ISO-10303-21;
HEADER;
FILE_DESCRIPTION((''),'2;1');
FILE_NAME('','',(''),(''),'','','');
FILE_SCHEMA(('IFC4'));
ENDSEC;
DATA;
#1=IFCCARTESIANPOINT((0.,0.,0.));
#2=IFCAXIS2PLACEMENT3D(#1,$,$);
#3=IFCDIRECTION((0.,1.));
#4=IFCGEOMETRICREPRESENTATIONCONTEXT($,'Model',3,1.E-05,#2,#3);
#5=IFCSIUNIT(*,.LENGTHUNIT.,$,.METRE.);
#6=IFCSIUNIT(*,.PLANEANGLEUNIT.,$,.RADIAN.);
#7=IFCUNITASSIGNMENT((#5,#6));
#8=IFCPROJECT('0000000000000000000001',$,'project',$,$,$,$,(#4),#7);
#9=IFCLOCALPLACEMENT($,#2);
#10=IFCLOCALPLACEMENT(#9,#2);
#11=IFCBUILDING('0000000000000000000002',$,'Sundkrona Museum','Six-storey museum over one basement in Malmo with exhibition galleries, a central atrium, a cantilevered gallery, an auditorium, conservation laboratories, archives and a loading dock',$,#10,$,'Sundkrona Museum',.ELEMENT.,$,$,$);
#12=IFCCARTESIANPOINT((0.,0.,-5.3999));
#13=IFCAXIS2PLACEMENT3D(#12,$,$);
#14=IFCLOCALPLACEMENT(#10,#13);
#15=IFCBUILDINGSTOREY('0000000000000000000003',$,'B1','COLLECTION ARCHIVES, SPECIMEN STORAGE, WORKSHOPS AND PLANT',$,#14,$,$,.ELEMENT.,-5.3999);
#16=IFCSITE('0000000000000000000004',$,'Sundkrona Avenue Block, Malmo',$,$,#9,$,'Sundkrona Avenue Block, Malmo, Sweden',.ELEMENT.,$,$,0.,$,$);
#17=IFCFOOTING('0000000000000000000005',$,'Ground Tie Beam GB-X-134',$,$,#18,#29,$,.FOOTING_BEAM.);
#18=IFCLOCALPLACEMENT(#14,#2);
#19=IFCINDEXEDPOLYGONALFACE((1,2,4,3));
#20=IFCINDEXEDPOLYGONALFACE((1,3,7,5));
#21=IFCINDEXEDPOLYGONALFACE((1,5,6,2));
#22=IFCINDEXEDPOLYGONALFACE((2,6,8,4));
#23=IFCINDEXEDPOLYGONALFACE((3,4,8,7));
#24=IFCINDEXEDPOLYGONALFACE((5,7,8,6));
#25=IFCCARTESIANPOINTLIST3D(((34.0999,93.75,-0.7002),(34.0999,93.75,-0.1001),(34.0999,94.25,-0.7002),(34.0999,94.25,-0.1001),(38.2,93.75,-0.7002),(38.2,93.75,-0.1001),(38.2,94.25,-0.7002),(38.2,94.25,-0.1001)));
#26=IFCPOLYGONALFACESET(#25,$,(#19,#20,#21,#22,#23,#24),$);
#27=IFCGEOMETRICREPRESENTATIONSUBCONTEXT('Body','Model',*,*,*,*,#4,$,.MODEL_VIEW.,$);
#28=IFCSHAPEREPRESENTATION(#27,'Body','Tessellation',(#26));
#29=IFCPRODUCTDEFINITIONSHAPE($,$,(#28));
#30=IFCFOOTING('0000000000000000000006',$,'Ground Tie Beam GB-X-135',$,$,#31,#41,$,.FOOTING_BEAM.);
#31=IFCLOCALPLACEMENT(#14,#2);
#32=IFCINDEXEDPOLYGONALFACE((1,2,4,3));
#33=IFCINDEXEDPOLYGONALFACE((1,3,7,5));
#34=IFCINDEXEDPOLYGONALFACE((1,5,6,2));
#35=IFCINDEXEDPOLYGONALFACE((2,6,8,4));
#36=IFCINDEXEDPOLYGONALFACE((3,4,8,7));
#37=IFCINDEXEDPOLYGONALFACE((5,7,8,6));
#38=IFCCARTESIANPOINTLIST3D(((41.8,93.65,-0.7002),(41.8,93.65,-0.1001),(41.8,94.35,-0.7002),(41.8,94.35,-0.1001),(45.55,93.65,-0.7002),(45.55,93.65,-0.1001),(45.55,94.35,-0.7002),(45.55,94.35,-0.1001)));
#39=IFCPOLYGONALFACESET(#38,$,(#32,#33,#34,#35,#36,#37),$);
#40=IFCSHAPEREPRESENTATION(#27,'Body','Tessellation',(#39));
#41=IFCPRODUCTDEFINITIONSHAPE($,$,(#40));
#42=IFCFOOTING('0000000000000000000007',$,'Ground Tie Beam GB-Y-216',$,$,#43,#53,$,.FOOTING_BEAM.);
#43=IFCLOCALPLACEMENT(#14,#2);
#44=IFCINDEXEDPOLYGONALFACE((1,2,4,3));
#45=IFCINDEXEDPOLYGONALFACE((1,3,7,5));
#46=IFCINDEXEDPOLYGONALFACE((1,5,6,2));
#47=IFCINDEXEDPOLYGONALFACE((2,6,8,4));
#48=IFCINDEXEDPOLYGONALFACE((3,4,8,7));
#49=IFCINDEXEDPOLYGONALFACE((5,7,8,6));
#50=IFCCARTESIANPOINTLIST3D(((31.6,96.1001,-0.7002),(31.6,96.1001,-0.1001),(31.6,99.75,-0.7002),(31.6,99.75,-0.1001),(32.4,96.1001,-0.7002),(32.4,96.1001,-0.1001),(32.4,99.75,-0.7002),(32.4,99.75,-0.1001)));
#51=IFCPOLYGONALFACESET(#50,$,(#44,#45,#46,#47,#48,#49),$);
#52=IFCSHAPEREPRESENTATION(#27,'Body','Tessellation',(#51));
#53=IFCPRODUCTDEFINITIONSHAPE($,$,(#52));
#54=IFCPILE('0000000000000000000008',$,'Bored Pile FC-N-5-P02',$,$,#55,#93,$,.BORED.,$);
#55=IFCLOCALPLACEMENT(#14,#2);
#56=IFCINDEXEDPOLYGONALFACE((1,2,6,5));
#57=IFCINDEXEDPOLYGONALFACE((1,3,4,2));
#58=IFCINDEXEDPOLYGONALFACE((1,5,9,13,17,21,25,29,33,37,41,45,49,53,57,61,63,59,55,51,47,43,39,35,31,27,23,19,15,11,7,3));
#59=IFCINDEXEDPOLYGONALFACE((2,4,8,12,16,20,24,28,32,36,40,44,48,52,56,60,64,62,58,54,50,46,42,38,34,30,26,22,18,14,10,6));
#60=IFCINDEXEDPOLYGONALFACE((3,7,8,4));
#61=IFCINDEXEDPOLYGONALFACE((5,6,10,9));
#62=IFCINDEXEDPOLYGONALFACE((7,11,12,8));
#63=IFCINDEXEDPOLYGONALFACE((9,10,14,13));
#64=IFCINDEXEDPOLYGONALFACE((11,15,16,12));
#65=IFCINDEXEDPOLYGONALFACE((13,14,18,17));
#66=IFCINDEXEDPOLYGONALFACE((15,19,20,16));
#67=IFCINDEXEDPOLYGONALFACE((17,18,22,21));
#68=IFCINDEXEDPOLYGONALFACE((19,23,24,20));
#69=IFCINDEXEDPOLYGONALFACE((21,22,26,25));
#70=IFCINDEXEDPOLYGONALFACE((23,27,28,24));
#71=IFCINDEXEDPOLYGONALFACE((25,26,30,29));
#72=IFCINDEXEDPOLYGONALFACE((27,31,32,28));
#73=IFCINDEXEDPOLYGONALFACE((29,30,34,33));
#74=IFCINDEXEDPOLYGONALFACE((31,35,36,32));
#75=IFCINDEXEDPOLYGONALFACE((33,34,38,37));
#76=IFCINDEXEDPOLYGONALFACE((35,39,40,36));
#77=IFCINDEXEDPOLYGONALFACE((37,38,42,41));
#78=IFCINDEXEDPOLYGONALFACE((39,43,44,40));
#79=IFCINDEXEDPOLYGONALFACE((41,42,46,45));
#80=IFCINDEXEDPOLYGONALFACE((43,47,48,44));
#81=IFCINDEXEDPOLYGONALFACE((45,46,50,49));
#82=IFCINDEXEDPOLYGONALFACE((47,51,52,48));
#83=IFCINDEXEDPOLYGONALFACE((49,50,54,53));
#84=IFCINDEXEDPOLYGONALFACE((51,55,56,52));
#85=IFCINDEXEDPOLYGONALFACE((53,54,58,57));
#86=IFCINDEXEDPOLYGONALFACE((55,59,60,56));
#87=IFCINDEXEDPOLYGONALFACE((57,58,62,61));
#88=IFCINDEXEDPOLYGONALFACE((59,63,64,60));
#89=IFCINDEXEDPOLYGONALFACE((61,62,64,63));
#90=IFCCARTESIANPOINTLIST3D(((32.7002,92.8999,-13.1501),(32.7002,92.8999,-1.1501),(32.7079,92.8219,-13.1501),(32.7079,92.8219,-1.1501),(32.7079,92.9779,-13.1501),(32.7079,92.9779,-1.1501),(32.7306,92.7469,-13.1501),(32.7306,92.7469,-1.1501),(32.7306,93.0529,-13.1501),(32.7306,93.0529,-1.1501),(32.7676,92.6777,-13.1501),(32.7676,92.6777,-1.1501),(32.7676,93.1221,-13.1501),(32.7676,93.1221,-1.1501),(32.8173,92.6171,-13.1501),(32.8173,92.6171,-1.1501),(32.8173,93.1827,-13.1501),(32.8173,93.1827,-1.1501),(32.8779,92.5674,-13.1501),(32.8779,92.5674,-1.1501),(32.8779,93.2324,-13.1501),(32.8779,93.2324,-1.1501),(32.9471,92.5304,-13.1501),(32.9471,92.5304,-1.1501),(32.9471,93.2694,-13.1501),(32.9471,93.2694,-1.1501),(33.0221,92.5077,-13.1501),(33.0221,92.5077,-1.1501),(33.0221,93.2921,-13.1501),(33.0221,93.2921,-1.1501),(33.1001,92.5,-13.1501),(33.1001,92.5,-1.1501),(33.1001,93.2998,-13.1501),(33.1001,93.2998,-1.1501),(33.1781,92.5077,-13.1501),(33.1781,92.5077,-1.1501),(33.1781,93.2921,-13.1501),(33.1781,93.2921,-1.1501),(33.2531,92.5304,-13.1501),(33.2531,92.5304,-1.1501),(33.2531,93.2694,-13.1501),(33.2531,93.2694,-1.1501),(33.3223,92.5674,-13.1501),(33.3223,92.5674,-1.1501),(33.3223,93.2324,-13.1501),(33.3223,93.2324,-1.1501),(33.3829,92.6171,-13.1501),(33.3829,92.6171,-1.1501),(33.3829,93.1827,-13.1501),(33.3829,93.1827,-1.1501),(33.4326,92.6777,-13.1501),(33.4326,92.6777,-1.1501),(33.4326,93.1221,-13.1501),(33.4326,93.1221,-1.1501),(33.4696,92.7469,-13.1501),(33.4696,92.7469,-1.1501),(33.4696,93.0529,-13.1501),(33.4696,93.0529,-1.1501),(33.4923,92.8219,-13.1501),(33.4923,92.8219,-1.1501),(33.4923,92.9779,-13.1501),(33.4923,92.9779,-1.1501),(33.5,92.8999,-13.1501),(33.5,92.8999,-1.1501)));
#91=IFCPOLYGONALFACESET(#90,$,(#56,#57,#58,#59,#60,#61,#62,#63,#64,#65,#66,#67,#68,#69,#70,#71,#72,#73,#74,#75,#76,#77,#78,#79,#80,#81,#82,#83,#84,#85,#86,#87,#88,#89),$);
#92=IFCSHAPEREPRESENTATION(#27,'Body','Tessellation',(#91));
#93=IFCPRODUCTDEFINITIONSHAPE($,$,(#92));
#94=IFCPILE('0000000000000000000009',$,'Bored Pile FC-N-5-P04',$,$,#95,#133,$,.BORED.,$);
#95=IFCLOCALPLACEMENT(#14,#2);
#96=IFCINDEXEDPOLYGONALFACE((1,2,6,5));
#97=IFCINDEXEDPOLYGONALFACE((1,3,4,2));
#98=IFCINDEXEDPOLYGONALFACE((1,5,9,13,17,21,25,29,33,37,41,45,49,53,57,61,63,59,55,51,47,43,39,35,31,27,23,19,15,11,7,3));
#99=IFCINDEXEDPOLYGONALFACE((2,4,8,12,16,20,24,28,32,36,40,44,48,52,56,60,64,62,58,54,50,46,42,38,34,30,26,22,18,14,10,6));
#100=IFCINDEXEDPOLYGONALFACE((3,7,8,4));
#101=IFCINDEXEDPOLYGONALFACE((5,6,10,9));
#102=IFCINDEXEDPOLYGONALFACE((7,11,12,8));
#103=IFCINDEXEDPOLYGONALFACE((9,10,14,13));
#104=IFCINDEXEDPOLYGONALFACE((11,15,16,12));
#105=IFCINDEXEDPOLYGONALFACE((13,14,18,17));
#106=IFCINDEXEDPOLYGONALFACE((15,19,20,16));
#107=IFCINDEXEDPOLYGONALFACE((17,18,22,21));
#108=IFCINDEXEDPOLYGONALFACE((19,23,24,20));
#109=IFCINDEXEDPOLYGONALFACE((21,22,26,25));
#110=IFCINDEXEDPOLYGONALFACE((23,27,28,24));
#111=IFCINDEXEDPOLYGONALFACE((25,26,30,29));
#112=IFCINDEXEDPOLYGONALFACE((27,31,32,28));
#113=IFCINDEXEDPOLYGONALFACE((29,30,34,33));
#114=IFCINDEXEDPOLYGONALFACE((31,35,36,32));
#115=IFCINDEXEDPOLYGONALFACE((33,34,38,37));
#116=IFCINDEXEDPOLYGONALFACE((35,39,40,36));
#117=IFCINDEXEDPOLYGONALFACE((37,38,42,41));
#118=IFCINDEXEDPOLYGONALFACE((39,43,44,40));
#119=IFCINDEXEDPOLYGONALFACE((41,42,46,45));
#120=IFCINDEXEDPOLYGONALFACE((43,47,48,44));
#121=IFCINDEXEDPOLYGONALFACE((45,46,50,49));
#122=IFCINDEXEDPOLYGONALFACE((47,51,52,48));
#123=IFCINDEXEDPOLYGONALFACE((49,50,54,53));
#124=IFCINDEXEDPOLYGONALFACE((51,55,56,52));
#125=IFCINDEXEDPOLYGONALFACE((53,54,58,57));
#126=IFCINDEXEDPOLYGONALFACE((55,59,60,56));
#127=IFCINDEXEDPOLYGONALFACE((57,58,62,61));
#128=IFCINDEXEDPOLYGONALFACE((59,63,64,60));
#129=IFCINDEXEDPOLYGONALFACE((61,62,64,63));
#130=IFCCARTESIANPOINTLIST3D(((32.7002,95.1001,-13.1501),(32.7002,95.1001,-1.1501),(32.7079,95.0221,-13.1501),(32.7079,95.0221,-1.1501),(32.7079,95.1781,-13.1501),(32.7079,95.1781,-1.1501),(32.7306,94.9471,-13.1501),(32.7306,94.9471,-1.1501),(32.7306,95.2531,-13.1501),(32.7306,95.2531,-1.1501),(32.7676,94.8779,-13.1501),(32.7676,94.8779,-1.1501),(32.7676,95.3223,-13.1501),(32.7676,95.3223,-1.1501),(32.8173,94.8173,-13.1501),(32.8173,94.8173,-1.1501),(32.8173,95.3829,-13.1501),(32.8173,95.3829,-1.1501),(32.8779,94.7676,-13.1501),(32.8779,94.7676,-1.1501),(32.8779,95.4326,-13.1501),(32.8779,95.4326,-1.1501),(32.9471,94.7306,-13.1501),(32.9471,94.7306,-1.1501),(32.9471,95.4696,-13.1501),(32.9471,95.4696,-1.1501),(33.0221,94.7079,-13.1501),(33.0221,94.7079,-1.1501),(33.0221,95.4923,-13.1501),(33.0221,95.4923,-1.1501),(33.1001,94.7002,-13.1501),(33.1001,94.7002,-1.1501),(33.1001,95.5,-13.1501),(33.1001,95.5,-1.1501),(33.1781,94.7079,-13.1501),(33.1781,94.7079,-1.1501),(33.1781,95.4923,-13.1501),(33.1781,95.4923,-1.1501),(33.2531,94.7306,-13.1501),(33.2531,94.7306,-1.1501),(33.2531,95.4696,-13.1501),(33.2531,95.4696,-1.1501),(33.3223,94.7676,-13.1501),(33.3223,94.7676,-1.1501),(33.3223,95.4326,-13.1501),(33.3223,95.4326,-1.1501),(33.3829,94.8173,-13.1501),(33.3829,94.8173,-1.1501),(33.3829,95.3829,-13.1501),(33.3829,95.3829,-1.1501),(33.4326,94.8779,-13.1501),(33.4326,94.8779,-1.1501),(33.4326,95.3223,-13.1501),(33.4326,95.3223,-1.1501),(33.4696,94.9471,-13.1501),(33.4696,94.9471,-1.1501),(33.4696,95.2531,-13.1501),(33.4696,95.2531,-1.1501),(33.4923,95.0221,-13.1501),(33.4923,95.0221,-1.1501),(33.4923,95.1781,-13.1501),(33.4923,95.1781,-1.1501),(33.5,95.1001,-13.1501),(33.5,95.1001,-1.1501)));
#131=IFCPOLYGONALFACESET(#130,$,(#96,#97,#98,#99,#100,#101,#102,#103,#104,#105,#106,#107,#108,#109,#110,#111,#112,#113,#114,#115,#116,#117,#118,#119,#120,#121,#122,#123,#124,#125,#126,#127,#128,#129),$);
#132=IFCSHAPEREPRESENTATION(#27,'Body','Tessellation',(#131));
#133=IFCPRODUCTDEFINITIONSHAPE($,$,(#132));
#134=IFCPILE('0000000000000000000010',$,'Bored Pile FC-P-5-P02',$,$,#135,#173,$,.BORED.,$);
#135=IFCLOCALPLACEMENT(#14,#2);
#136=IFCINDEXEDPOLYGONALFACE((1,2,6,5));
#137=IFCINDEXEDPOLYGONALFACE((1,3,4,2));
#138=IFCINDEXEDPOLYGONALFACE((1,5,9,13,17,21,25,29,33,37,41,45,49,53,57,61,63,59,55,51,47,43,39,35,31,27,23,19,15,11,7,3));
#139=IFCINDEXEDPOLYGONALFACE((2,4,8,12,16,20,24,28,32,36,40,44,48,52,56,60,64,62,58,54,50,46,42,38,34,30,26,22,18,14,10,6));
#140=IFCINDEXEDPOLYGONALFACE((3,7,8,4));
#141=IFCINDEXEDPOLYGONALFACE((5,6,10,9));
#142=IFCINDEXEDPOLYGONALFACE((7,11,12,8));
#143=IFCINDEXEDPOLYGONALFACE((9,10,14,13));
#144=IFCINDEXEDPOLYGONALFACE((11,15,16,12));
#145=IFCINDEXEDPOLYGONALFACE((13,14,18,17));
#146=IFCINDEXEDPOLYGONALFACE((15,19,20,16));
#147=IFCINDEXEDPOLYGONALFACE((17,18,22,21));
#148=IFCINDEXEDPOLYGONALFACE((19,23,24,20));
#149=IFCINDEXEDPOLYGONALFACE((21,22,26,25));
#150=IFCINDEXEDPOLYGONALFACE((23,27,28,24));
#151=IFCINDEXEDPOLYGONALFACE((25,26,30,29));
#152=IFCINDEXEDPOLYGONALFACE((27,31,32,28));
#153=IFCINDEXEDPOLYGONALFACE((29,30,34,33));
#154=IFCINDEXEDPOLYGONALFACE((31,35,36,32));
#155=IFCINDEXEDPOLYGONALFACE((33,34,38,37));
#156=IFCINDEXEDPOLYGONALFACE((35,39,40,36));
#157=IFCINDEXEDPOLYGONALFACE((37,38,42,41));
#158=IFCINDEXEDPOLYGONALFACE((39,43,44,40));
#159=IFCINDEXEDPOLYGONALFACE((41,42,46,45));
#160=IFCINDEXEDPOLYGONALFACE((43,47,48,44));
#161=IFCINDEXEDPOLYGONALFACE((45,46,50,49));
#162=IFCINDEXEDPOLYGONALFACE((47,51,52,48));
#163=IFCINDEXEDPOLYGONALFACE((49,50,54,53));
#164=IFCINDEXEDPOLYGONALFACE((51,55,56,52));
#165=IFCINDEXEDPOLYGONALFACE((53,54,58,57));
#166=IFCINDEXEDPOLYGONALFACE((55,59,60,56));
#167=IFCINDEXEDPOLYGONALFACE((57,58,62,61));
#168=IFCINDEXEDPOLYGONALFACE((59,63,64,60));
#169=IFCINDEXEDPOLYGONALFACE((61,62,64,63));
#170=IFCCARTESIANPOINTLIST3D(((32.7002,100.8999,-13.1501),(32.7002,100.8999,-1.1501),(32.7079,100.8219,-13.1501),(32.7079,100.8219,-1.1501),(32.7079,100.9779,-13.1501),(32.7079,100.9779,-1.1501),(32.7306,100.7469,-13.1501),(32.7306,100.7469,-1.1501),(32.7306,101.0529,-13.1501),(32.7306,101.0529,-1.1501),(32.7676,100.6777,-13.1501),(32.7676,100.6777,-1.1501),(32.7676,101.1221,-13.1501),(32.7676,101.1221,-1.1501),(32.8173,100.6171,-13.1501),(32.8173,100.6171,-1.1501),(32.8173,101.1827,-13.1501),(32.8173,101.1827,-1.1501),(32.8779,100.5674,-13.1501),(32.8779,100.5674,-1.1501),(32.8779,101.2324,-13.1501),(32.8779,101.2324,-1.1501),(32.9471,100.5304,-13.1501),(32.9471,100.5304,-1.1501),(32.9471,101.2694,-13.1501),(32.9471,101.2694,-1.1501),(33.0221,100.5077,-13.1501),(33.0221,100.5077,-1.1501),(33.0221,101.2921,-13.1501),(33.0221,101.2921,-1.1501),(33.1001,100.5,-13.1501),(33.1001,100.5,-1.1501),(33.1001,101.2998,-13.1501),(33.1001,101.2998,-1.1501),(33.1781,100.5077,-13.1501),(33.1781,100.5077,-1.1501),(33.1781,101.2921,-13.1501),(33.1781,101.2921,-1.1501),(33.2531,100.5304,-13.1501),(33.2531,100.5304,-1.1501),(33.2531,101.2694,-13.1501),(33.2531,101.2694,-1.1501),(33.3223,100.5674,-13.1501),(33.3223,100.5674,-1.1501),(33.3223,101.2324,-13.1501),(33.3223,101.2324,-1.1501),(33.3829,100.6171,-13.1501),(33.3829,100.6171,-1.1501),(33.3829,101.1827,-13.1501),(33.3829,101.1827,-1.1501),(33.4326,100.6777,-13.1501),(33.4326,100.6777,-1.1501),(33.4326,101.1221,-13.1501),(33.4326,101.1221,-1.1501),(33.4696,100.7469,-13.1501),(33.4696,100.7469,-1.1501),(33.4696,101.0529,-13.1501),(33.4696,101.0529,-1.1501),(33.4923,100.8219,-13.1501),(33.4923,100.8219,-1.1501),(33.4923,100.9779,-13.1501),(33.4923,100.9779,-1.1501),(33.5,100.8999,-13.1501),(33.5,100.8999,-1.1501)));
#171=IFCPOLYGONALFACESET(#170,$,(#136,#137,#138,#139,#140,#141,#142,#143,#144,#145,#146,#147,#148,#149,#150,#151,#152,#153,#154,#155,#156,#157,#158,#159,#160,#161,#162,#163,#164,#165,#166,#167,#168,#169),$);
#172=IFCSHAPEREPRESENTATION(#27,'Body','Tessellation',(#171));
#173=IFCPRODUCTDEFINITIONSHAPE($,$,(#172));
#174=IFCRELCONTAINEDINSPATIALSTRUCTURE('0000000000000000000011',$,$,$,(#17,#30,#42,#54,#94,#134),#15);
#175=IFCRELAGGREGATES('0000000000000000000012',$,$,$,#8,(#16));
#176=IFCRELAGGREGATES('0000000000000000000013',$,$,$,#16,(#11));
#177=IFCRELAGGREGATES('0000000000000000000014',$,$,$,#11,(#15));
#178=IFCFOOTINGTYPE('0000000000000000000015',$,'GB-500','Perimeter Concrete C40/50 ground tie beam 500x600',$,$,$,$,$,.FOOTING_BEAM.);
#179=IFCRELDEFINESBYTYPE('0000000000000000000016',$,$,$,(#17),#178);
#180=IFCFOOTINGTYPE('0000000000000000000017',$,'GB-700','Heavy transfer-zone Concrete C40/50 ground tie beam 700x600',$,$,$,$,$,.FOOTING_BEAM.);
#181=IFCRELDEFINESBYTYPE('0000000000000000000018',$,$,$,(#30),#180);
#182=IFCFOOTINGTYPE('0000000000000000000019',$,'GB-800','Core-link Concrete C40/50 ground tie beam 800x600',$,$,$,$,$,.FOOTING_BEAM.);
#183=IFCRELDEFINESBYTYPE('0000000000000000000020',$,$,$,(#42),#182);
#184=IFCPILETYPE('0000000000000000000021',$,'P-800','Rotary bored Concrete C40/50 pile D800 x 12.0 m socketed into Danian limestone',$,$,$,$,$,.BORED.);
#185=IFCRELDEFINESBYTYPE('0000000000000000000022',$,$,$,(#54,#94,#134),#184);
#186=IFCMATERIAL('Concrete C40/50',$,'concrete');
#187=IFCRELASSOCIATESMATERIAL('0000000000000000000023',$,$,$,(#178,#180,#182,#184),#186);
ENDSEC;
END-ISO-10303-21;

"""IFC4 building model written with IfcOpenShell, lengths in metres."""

from ifc_helpers import new_model, si_unit, direction, frame, origin, origin_2d, place, context, subcontext, project, spatial, rectangle, circle, extrude, material, material_profile, profile_set, type_object, element, save


model = new_model("IFC4")

# Units and contexts
model_context = context("Model", 3, precision=1e-05, world=origin(), true_north=direction((0.0, 1.0)))
body_context = subcontext(model_context, "Body", "Model", "MODEL_VIEW")
ifc_project = project(units=[si_unit("LENGTHUNIT", "METRE"), si_unit("PLANEANGLEUNIT", "RADIAN")], contexts=[model_context])

# Site, building, storey
site_placement = place(None, origin())
site = spatial("IfcSite", under=ifc_project, at=site_placement, Name="Sundkrona Avenue Block, Malmo", LongName="Sundkrona Avenue Block, Malmo, Sweden", CompositionType="ELEMENT", RefElevation=0.0)
building_placement = place(site_placement, origin())
building = spatial("IfcBuilding", under=site, at=building_placement, Name="Sundkrona Museum", Description="Six-storey museum over one basement in Malmo with exhibition galleries, a central atrium, a cantilevered gallery, an auditorium, conservation laboratories, archives and a loading dock", LongName="Sundkrona Museum", CompositionType="ELEMENT")
storey_placement = place(building_placement, frame((0.0, 0.0, -5.3999)))
storey = spatial("IfcBuildingStorey", under=building, at=storey_placement, Name="B1", Description="COLLECTION ARCHIVES, SPECIMEN STORAGE, WORKSHOPS AND PLANT", CompositionType="ELEMENT", Elevation=-5.3999)

# Footings
ifc_material_1 = material(Name="Concrete C40/50", Category="concrete")
footing_type_1 = type_object("IfcFootingType", Name="GB-500", Description="Perimeter Concrete C40/50 ground tie beam 500x600", PredefinedType="FOOTING_BEAM", material=ifc_material_1)
footing_1_placement = place(storey_placement, frame((36.1499, 94.0, -0.7002), z_axis=(0.0, 0.0, 1.0), x_axis=(1.0, 0.0, 0.0)))
element("IfcFooting", 1, at=footing_1_placement, inside=storey, type_object=footing_type_1, Name="Ground Tie Beam GB-X-134", PredefinedType="FOOTING_BEAM", context=body_context, shape_type="SweptSolid", body=[
    extrude(rectangle(XDim=4.1001, YDim=0.5, at=origin_2d()), origin(), (0.0, 0.0, 1.0), 0.6001),
])
footing_type_2 = type_object("IfcFootingType", Name="GB-700", Description="Heavy transfer-zone Concrete C40/50 ground tie beam 700x600", PredefinedType="FOOTING_BEAM", material=ifc_material_1)
footing_2_placement = place(storey_placement, frame((43.675, 94.0, -0.7002), z_axis=(0.0, 0.0, 1.0), x_axis=(1.0, 0.0, 0.0)))
element("IfcFooting", 2, at=footing_2_placement, inside=storey, type_object=footing_type_2, Name="Ground Tie Beam GB-X-135", PredefinedType="FOOTING_BEAM", context=body_context, shape_type="SweptSolid", body=[
    extrude(rectangle(XDim=3.75, YDim=0.7, at=origin_2d()), origin(), (0.0, 0.0, 1.0), 0.6001),
])
footing_type_3 = type_object("IfcFootingType", Name="GB-800", Description="Core-link Concrete C40/50 ground tie beam 800x600", PredefinedType="FOOTING_BEAM", material=ifc_material_1)
footing_3_placement = place(storey_placement, frame((32.0, 97.925, -0.7002), z_axis=(0.0, 0.0, 1.0), x_axis=(0.0, 1.0, 0.0)))
element("IfcFooting", 3, at=footing_3_placement, inside=storey, type_object=footing_type_3, Name="Ground Tie Beam GB-Y-216", PredefinedType="FOOTING_BEAM", context=body_context, shape_type="SweptSolid", body=[
    extrude(rectangle(XDim=3.6499, YDim=0.8, at=origin_2d()), origin(), (0.0, 0.0, 1.0), 0.6001),
])

# Piles
ifc_material_profile_1 = material_profile(ifc_material_1, circle(Radius=0.3999, at=origin_2d()), Name="PILE D800")
ifc_profile_set_1 = profile_set([ifc_material_profile_1], Name="Concrete C40/50")
pile_type = type_object("IfcPileType", Name="P-800", Description="Rotary bored Concrete C40/50 pile D800 x 12.0 m socketed into Danian limestone", PredefinedType="BORED", material=ifc_profile_set_1)
for number, where, z_axis, x_axis, name in (
    (4, (33.1001, 92.8999, -1.1501), (0.0, 0.0, -1.0), (1.0, 0.0, 0.0), "Bored Pile FC-N-5-P02"),
    (5, (33.1001, 95.1001, -1.1501), (0.0, 0.0, -1.0), (1.0, 0.0, 0.0), "Bored Pile FC-N-5-P04"),
    (6, (33.1001, 100.8999, -1.1501), (0.0, 0.0, -1.0), (1.0, 0.0, 0.0), "Bored Pile FC-P-5-P02"),
):
    element("IfcPile", number, at=place(storey_placement, frame(where, z_axis=z_axis, x_axis=x_axis)), inside=storey, type_object=pile_type, Name=name, PredefinedType="BORED", context=body_context, shape_type="SweptSolid", body=[
        extrude(circle(Radius=0.3999, at=origin_2d()), origin(), (0.0, 0.0, 1.0), 12.0),
    ])

save(model, "model.ifc")
